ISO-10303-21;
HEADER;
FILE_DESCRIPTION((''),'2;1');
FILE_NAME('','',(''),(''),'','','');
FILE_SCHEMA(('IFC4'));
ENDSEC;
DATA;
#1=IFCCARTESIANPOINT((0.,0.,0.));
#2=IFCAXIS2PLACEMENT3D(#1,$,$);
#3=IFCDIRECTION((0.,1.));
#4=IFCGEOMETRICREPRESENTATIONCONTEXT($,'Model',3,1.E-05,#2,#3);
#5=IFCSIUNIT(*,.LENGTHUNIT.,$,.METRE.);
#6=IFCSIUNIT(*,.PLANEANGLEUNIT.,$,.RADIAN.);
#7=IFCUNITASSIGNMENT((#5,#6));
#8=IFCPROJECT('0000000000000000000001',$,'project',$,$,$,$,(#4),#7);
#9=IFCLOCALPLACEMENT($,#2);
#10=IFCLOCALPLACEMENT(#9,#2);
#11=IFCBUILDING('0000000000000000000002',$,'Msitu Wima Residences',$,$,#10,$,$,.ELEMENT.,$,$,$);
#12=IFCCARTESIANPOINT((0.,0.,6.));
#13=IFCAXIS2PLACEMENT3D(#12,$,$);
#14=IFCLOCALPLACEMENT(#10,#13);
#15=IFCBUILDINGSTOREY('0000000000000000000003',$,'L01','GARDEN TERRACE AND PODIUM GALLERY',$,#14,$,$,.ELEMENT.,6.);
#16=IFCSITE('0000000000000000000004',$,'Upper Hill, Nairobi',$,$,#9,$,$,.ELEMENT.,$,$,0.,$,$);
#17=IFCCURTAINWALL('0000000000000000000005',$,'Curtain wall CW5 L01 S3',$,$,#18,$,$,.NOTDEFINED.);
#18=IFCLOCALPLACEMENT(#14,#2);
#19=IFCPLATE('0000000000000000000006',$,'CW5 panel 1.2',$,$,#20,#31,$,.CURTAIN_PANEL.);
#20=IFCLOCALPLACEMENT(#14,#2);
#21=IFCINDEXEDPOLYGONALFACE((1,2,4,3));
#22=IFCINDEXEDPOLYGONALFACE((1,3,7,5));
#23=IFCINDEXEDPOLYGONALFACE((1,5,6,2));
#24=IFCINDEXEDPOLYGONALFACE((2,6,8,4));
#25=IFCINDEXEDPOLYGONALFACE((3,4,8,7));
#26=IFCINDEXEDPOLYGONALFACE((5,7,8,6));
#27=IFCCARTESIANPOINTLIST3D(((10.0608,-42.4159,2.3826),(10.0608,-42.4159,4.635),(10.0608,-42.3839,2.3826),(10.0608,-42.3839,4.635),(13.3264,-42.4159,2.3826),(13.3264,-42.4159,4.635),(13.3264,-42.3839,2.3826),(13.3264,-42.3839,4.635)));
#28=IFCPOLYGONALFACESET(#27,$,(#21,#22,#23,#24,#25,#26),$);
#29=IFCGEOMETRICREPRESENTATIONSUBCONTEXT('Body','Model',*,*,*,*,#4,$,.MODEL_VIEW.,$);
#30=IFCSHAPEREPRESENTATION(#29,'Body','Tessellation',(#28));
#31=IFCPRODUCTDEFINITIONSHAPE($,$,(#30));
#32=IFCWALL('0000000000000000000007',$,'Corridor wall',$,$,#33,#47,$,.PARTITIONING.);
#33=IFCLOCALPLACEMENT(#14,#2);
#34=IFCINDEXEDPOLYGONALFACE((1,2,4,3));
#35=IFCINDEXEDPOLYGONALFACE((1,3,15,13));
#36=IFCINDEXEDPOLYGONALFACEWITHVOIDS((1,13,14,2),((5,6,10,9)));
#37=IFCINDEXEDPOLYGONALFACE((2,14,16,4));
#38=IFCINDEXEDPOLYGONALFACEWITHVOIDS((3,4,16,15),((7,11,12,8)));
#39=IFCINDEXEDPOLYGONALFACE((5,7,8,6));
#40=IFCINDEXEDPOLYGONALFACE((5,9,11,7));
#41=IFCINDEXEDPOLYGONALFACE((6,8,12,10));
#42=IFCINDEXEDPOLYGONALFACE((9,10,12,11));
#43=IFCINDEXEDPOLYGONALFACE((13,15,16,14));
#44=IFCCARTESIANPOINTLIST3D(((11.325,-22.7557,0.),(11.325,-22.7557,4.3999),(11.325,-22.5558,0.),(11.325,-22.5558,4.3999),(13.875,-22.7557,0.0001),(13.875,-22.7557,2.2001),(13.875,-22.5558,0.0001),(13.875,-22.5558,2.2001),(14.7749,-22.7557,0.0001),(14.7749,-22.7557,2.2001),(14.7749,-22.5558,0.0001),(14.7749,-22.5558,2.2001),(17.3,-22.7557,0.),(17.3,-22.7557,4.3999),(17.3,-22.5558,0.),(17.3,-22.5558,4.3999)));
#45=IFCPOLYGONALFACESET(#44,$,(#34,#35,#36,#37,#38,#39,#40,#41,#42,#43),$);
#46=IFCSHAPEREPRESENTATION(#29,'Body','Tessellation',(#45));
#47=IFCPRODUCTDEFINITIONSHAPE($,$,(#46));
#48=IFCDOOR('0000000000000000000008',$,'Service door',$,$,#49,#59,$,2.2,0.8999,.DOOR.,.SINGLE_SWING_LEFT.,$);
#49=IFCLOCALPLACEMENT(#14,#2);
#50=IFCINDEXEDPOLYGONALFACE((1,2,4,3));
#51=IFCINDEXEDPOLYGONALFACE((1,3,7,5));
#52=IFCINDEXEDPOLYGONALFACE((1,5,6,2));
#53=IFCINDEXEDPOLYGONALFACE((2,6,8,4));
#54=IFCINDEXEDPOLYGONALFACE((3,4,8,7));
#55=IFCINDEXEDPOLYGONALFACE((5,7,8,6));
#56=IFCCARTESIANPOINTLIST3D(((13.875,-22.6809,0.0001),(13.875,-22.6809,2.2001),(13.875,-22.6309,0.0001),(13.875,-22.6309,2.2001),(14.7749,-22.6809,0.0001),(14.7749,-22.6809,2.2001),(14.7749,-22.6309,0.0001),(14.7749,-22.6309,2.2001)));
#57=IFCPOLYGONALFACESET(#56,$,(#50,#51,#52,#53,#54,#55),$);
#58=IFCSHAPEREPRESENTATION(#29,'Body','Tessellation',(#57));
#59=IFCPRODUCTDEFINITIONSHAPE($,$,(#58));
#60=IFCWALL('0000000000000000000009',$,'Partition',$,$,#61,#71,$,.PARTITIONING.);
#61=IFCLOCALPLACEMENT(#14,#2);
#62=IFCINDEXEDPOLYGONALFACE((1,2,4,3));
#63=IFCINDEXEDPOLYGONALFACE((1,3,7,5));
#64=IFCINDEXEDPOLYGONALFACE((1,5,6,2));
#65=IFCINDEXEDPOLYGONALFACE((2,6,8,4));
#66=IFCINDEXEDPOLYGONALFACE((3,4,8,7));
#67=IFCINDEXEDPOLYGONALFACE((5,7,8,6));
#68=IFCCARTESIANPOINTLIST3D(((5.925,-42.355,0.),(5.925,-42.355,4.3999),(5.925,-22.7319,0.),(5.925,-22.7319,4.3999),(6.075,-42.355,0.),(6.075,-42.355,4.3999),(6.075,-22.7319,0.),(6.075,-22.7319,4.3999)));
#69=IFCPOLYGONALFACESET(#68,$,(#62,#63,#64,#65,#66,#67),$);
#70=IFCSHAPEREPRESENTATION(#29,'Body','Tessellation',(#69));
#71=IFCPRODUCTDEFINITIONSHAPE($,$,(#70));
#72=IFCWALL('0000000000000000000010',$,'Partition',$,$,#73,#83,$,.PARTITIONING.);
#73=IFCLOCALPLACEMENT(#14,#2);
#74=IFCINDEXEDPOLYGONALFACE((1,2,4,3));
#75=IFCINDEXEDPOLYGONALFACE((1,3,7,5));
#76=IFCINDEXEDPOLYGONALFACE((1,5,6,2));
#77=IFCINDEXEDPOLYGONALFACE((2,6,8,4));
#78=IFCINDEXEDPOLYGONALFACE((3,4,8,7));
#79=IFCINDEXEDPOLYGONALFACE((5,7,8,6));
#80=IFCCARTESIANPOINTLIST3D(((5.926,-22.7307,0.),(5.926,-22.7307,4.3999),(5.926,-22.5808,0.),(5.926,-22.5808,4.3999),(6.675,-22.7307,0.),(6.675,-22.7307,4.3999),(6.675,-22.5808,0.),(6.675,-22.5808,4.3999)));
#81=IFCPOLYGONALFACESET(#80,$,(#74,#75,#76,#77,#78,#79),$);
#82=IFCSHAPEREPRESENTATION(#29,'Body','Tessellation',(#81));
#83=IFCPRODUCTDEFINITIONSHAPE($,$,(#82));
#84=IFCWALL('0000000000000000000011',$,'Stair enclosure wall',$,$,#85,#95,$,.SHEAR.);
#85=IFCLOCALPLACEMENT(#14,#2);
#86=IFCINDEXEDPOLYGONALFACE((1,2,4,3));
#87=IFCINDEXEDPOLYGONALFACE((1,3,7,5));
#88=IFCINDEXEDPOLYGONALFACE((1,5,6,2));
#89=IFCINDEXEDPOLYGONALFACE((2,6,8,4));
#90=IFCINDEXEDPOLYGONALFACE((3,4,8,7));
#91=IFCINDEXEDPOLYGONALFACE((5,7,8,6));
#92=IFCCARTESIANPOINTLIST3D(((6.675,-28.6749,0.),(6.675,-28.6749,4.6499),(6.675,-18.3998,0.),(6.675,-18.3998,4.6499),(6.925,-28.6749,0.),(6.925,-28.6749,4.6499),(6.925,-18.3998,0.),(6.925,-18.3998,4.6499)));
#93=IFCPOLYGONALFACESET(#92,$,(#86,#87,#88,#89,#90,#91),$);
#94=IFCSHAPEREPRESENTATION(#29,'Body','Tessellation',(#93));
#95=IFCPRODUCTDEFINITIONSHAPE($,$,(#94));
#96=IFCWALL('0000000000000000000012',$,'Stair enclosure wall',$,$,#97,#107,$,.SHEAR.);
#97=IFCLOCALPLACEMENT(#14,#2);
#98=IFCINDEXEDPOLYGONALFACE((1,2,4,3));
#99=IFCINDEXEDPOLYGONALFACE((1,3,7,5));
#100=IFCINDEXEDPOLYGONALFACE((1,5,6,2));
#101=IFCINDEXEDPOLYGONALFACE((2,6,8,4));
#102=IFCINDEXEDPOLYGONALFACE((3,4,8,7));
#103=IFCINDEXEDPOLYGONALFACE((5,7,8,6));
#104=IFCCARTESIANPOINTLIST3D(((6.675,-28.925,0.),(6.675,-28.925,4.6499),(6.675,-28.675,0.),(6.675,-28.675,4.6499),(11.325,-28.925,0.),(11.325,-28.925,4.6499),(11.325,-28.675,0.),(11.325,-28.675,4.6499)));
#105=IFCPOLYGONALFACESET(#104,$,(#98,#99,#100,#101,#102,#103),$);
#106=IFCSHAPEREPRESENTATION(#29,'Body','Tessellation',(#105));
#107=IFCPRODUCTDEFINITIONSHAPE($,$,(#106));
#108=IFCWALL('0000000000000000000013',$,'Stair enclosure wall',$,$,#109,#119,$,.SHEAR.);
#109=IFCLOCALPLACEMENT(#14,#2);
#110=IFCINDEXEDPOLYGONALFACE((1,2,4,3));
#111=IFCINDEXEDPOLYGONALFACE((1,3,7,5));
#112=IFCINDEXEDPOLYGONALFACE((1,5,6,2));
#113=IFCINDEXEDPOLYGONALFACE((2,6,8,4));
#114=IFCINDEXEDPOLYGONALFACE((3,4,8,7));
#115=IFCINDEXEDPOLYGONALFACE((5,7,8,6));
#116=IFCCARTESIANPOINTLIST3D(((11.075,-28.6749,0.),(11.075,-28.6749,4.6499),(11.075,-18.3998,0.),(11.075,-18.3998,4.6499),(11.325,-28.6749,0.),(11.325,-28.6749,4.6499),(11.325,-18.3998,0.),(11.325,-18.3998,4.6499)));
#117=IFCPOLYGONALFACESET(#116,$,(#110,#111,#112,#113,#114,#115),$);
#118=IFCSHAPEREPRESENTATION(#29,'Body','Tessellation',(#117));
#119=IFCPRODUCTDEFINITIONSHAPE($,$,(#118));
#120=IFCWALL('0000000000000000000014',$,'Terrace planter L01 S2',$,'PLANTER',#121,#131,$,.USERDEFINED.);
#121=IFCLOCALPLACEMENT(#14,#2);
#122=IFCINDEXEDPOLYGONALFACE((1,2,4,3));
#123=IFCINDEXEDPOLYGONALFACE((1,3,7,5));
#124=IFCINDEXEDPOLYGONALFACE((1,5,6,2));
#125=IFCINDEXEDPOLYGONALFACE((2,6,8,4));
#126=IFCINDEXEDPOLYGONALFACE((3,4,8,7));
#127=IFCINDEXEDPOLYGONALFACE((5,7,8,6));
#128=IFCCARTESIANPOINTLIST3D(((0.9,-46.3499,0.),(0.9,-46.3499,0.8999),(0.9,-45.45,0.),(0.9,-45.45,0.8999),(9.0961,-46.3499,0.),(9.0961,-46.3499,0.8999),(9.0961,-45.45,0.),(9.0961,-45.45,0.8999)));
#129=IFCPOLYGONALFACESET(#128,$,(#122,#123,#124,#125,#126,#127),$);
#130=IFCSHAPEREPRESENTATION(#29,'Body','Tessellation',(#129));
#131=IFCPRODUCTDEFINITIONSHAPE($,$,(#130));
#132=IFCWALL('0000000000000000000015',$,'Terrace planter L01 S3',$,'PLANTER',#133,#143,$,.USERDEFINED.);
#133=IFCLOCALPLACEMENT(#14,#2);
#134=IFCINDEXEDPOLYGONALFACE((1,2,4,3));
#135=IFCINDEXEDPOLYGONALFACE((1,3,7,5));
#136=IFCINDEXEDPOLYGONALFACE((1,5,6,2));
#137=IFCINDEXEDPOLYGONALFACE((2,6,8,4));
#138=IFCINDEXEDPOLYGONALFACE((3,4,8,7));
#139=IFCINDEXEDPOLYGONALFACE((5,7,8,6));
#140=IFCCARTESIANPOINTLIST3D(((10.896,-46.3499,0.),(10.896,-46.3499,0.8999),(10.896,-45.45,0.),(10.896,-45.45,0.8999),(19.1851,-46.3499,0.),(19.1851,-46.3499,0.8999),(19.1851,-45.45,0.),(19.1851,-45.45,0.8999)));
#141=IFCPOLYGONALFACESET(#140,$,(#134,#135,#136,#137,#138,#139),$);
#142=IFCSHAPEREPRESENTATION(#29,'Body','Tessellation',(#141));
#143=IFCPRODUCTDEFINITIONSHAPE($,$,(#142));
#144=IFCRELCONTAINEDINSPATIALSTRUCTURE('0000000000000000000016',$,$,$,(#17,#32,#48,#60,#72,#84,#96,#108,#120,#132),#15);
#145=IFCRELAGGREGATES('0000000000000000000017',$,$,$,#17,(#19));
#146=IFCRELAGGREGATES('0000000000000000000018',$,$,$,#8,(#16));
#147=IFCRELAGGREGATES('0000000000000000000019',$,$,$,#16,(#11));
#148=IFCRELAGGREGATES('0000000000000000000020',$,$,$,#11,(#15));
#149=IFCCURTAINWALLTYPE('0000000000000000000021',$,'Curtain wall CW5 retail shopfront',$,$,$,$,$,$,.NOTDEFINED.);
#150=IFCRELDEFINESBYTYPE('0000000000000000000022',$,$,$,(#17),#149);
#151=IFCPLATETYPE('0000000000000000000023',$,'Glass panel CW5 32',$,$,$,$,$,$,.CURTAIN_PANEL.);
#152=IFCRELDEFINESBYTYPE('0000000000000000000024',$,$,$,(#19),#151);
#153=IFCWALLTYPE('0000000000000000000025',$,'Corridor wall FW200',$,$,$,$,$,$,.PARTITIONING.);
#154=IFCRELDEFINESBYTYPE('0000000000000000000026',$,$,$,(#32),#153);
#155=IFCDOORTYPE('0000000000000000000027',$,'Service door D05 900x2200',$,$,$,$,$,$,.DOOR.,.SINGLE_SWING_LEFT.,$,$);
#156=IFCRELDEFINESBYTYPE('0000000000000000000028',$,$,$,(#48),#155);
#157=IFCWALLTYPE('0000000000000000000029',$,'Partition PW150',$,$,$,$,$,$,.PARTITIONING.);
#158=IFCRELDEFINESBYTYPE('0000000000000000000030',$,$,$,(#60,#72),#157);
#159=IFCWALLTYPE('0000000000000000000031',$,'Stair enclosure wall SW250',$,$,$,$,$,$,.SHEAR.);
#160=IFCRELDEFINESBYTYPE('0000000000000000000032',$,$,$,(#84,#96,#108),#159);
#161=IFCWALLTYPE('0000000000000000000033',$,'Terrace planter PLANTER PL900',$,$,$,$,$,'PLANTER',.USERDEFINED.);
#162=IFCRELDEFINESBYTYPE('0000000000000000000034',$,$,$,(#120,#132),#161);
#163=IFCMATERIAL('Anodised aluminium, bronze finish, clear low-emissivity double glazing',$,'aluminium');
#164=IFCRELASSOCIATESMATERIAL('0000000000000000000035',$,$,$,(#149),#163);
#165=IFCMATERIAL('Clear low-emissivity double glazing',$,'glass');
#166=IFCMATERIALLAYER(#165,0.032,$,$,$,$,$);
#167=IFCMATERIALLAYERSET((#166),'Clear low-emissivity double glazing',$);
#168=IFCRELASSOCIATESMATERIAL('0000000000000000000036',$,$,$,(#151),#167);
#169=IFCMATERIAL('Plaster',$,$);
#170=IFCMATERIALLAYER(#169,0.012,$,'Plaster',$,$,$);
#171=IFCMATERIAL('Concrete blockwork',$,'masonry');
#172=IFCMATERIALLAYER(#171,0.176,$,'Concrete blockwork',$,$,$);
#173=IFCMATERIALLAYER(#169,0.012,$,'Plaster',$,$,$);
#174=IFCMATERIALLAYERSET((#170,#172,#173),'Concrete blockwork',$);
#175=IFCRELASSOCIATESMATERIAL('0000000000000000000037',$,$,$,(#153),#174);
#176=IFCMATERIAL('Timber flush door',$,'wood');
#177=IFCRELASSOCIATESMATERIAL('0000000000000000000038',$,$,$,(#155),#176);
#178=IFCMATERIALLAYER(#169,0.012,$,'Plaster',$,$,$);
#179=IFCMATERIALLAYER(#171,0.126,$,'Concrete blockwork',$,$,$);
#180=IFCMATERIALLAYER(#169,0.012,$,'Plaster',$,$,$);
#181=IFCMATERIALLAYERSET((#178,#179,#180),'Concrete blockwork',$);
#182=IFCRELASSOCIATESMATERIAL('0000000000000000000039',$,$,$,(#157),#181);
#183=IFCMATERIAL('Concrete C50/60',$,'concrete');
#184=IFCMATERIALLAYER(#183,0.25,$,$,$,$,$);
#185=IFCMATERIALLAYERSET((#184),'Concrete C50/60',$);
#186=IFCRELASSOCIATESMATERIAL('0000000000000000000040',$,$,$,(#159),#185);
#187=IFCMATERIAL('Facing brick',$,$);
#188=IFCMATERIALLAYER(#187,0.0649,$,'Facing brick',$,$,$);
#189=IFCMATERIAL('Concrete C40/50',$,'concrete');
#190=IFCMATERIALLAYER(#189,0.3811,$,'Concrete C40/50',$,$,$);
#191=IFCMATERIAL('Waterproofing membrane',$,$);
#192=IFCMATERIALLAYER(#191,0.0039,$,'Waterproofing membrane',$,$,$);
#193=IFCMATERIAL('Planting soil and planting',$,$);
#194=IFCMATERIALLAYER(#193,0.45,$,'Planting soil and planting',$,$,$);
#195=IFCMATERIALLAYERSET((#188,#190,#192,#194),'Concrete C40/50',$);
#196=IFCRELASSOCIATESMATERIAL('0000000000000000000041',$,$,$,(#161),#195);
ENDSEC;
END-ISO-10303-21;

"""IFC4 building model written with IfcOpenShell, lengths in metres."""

from ifc_helpers import new_model, si_unit, direction, frame, frame_2d, origin, origin_2d, place, context, subcontext, project, spatial, rectangle, extrude, material, layer, layer_set, type_object, element, fill, aggregate, save


model = new_model("IFC4")

# Units and contexts
model_context = context("Model", 3, precision=1e-05, world=origin(), true_north=direction((0.0, 1.0)))
body_context = subcontext(model_context, "Body", "Model", "MODEL_VIEW")
ifc_project = project(units=[si_unit("LENGTHUNIT", "METRE"), si_unit("PLANEANGLEUNIT", "RADIAN")], contexts=[model_context])

# Site, building, storey
site_placement = place(None, origin())
site = spatial("IfcSite", under=ifc_project, at=site_placement, Name="Upper Hill, Nairobi", CompositionType="ELEMENT", RefElevation=0.0)
building_placement = place(site_placement, origin())
building = spatial("IfcBuilding", under=site, at=building_placement, Name="Msitu Wima Residences", CompositionType="ELEMENT")
storey_placement = place(building_placement, frame((0.0, 0.0, 6.0)))
storey = spatial("IfcBuildingStorey", under=building, at=storey_placement, Name="L01", Description="GARDEN TERRACE AND PODIUM GALLERY", CompositionType="ELEMENT", Elevation=6.0)

# Shared definitions
ifc_material_1 = material(Name="Concrete C40/50", Category="concrete")

# Curtain wall
ifc_material_2 = material(Name="Anodised aluminium, bronze finish, clear low-emissivity double glazing", Category="aluminium")
curtain_wall_type = type_object("IfcCurtainWallType", Name="Curtain wall CW5 retail shopfront", PredefinedType="NOTDEFINED", material=ifc_material_2)
curtain_wall_placement = place(storey_placement, origin())
curtain_wall = element("IfcCurtainWall", 1, at=curtain_wall_placement, inside=storey, type_object=curtain_wall_type, Name="Curtain wall CW5 L01 S3", PredefinedType="NOTDEFINED")

# Plate
ifc_material_3 = material(Name="Clear low-emissivity double glazing", Category="glass")
ifc_layer_1 = layer(ifc_material_3, 0.032)
ifc_layer_set_1 = layer_set([ifc_layer_1], Name="Clear low-emissivity double glazing")
plate_type = type_object("IfcPlateType", Name="Glass panel CW5 32", PredefinedType="CURTAIN_PANEL", material=ifc_layer_set_1)
plate_1_placement = place(storey_placement, frame((11.6936, -42.3999, 2.3826), z_axis=(0.0, 0.0, 1.0), x_axis=(1.0, 0.0, 0.0)))
plate_1 = element("IfcPlate", 2, at=plate_1_placement, type_object=plate_type, Name="CW5 panel 1.2", PredefinedType="CURTAIN_PANEL", context=body_context, shape_type="SweptSolid", body=[
    extrude(rectangle(XDim=3.2656, YDim=0.032, at=origin_2d()), origin(), (0.0, 0.0, 1.0), 2.2524),
])
aggregate(curtain_wall, [plate_1])

# Wall, opening, door
ifc_material_4 = material(Name="Plaster")
ifc_layer_2 = layer(ifc_material_4, 0.012, Name="Plaster")
ifc_material_5 = material(Name="Concrete blockwork", Category="masonry")
ifc_layer_3 = layer(ifc_material_5, 0.176, Name="Concrete blockwork")
ifc_layer_4 = layer(ifc_material_4, 0.012, Name="Plaster")
ifc_layer_set_2 = layer_set([ifc_layer_2, ifc_layer_3, ifc_layer_4], Name="Concrete blockwork")
wall_type_1 = type_object("IfcWallType", Name="Corridor wall FW200", PredefinedType="PARTITIONING", material=ifc_layer_set_2)
wall_1_placement = place(storey_placement, frame((11.325, -22.6558, 0.0), z_axis=(0.0, 0.0, 1.0), x_axis=(1.0, 0.0, 0.0)))
wall_1 = element("IfcWall", 3, at=wall_1_placement, inside=storey, type_object=wall_type_1, Name="Corridor wall", PredefinedType="PARTITIONING", context=body_context, shape_type="SweptSolid", body=[
    extrude(rectangle(XDim=5.9751, YDim=0.2, at=frame_2d((2.9875, 0.0))), origin(), (0.0, 0.0, 1.0), 4.3999),
])
opening_placement = place(wall_1_placement, frame((2.55, 0.0, 0.0)))
opening = element("IfcOpeningElement", 4, at=opening_placement, cuts=wall_1, PredefinedType="OPENING", context=body_context, shape_type="SweptSolid", body=[
    extrude(rectangle(XDim=0.8999, YDim=2.2, at=frame_2d((0.45, 1.1001))), frame((0.0, 0.1099, 0.0), z_axis=(0.0, -1.0, 0.0), x_axis=(1.0, 0.0, 0.0)), (0.0, 0.0, 1.0), 0.22),
])
ifc_material_6 = material(Name="Timber flush door", Category="wood")
door_type = type_object("IfcDoorType", Name="Service door D05 900x2200", OperationType="SINGLE_SWING_LEFT", PredefinedType="DOOR", material=ifc_material_6)
door_placement = place(opening_placement, origin())
door = element("IfcDoor", 5, at=door_placement, inside=storey, type_object=door_type, Name="Service door", OperationType="SINGLE_SWING_LEFT", OverallHeight=2.2, OverallWidth=0.8999, PredefinedType="DOOR", context=body_context, shape_type="SweptSolid", body=[
    extrude(rectangle(XDim=0.8999, YDim=2.2, at=frame_2d((0.45, 1.1001))), frame((0.0, 0.0249, 0.0), z_axis=(0.0, -1.0, 0.0), x_axis=(1.0, 0.0, 0.0)), (0.0, 0.0, 1.0), 0.05),
])
fill(opening, door)

# Walls
ifc_layer_5 = layer(ifc_material_4, 0.012, Name="Plaster")
ifc_layer_6 = layer(ifc_material_5, 0.126, Name="Concrete blockwork")
ifc_layer_7 = layer(ifc_material_4, 0.012, Name="Plaster")
ifc_layer_set_3 = layer_set([ifc_layer_5, ifc_layer_6, ifc_layer_7], Name="Concrete blockwork")
wall_type_2 = type_object("IfcWallType", Name="Partition PW150", PredefinedType="PARTITIONING", material=ifc_layer_set_3)
wall_2_placement = place(storey_placement, frame((6.0, -42.355, 0.0), z_axis=(0.0, 0.0, 1.0), x_axis=(0.0, 1.0, 0.0)))
element("IfcWall", 6, at=wall_2_placement, inside=storey, type_object=wall_type_2, Name="Partition", PredefinedType="PARTITIONING", context=body_context, shape_type="SweptSolid", body=[
    extrude(rectangle(XDim=19.623, YDim=0.1499, at=frame_2d((9.8115, 0.0))), origin(), (0.0, 0.0, 1.0), 4.3999),
])
wall_3_placement = place(storey_placement, frame((5.926, -22.6558, 0.0), z_axis=(0.0, 0.0, 1.0), x_axis=(1.0, 0.0, 0.0)))
element("IfcWall", 7, at=wall_3_placement, inside=storey, type_object=wall_type_2, Name="Partition", PredefinedType="PARTITIONING", context=body_context, shape_type="SweptSolid", body=[
    extrude(rectangle(XDim=0.749, YDim=0.1499, at=frame_2d((0.3745, 0.0))), origin(), (0.0, 0.0, 1.0), 4.3999),
])
ifc_material_7 = material(Name="Concrete C50/60", Category="concrete")
ifc_layer_8 = layer(ifc_material_7, 0.25)
ifc_layer_set_4 = layer_set([ifc_layer_8], Name="Concrete C50/60")
wall_type_3 = type_object("IfcWallType", Name="Stair enclosure wall SW250", PredefinedType="SHEAR", material=ifc_layer_set_4)
wall_4_placement = place(storey_placement, frame((6.8, -28.675, 0.0), z_axis=(0.0, 0.0, 1.0), x_axis=(0.0, 1.0, 0.0)))
element("IfcWall", 8, at=wall_4_placement, inside=storey, type_object=wall_type_3, Name="Stair enclosure wall", PredefinedType="SHEAR", context=body_context, shape_type="SweptSolid", body=[
    extrude(rectangle(XDim=10.2751, YDim=0.25, at=frame_2d((5.1377, 0.0))), origin(), (0.0, 0.0, 1.0), 4.6499),
])
wall_5_placement = place(storey_placement, frame((6.675, -28.8, 0.0), z_axis=(0.0, 0.0, 1.0), x_axis=(1.0, 0.0, 0.0)))
element("IfcWall", 9, at=wall_5_placement, inside=storey, type_object=wall_type_3, Name="Stair enclosure wall", PredefinedType="SHEAR", context=body_context, shape_type="SweptSolid", body=[
    extrude(rectangle(XDim=4.6499, YDim=0.25, at=frame_2d((2.325, 0.0))), origin(), (0.0, 0.0, 1.0), 4.6499),
])
wall_6_placement = place(storey_placement, frame((11.2, -28.675, 0.0), z_axis=(0.0, 0.0, 1.0), x_axis=(0.0, 1.0, 0.0)))
element("IfcWall", 10, at=wall_6_placement, inside=storey, type_object=wall_type_3, Name="Stair enclosure wall", PredefinedType="SHEAR", context=body_context, shape_type="SweptSolid", body=[
    extrude(rectangle(XDim=10.2751, YDim=0.25, at=frame_2d((5.1377, 0.0))), origin(), (0.0, 0.0, 1.0), 4.6499),
])
ifc_material_8 = material(Name="Facing brick")
ifc_layer_9 = layer(ifc_material_8, 0.0649, Name="Facing brick")
ifc_layer_10 = layer(ifc_material_1, 0.3811, Name="Concrete C40/50")
ifc_material_9 = material(Name="Waterproofing membrane")
ifc_layer_11 = layer(ifc_material_9, 0.0039, Name="Waterproofing membrane")
ifc_material_10 = material(Name="Planting soil and planting")
ifc_layer_12 = layer(ifc_material_10, 0.45, Name="Planting soil and planting")
ifc_layer_set_5 = layer_set([ifc_layer_9, ifc_layer_10, ifc_layer_11, ifc_layer_12], Name="Concrete C40/50")
wall_type_4 = type_object("IfcWallType", Name="Terrace planter PLANTER PL900", ElementType="PLANTER", PredefinedType="USERDEFINED", material=ifc_layer_set_5)
wall_7_placement = place(storey_placement, frame((0.8999, -45.8999, 0.0), z_axis=(0.0, 0.0, 1.0), x_axis=(1.0, 0.0, 0.0)))
element("IfcWall", 11, at=wall_7_placement, inside=storey, type_object=wall_type_4, Name="Terrace planter L01 S2", ObjectType="PLANTER", PredefinedType="USERDEFINED", context=body_context, shape_type="SweptSolid", body=[
    extrude(rectangle(XDim=8.196, YDim=0.8999, at=frame_2d((4.0981, 0.0))), origin(), (0.0, 0.0, 1.0), 0.8999),
])
wall_8_placement = place(storey_placement, frame((10.896, -45.8999, 0.0), z_axis=(0.0, 0.0, 1.0), x_axis=(1.0, 0.0, 0.0)))
element("IfcWall", 12, at=wall_8_placement, inside=storey, type_object=wall_type_4, Name="Terrace planter L01 S3", ObjectType="PLANTER", PredefinedType="USERDEFINED", context=body_context, shape_type="SweptSolid", body=[
    extrude(rectangle(XDim=8.2891, YDim=0.8999, at=frame_2d((4.1445, 0.0))), origin(), (0.0, 0.0, 1.0), 0.8999),
])

save(model, "model.ifc")
